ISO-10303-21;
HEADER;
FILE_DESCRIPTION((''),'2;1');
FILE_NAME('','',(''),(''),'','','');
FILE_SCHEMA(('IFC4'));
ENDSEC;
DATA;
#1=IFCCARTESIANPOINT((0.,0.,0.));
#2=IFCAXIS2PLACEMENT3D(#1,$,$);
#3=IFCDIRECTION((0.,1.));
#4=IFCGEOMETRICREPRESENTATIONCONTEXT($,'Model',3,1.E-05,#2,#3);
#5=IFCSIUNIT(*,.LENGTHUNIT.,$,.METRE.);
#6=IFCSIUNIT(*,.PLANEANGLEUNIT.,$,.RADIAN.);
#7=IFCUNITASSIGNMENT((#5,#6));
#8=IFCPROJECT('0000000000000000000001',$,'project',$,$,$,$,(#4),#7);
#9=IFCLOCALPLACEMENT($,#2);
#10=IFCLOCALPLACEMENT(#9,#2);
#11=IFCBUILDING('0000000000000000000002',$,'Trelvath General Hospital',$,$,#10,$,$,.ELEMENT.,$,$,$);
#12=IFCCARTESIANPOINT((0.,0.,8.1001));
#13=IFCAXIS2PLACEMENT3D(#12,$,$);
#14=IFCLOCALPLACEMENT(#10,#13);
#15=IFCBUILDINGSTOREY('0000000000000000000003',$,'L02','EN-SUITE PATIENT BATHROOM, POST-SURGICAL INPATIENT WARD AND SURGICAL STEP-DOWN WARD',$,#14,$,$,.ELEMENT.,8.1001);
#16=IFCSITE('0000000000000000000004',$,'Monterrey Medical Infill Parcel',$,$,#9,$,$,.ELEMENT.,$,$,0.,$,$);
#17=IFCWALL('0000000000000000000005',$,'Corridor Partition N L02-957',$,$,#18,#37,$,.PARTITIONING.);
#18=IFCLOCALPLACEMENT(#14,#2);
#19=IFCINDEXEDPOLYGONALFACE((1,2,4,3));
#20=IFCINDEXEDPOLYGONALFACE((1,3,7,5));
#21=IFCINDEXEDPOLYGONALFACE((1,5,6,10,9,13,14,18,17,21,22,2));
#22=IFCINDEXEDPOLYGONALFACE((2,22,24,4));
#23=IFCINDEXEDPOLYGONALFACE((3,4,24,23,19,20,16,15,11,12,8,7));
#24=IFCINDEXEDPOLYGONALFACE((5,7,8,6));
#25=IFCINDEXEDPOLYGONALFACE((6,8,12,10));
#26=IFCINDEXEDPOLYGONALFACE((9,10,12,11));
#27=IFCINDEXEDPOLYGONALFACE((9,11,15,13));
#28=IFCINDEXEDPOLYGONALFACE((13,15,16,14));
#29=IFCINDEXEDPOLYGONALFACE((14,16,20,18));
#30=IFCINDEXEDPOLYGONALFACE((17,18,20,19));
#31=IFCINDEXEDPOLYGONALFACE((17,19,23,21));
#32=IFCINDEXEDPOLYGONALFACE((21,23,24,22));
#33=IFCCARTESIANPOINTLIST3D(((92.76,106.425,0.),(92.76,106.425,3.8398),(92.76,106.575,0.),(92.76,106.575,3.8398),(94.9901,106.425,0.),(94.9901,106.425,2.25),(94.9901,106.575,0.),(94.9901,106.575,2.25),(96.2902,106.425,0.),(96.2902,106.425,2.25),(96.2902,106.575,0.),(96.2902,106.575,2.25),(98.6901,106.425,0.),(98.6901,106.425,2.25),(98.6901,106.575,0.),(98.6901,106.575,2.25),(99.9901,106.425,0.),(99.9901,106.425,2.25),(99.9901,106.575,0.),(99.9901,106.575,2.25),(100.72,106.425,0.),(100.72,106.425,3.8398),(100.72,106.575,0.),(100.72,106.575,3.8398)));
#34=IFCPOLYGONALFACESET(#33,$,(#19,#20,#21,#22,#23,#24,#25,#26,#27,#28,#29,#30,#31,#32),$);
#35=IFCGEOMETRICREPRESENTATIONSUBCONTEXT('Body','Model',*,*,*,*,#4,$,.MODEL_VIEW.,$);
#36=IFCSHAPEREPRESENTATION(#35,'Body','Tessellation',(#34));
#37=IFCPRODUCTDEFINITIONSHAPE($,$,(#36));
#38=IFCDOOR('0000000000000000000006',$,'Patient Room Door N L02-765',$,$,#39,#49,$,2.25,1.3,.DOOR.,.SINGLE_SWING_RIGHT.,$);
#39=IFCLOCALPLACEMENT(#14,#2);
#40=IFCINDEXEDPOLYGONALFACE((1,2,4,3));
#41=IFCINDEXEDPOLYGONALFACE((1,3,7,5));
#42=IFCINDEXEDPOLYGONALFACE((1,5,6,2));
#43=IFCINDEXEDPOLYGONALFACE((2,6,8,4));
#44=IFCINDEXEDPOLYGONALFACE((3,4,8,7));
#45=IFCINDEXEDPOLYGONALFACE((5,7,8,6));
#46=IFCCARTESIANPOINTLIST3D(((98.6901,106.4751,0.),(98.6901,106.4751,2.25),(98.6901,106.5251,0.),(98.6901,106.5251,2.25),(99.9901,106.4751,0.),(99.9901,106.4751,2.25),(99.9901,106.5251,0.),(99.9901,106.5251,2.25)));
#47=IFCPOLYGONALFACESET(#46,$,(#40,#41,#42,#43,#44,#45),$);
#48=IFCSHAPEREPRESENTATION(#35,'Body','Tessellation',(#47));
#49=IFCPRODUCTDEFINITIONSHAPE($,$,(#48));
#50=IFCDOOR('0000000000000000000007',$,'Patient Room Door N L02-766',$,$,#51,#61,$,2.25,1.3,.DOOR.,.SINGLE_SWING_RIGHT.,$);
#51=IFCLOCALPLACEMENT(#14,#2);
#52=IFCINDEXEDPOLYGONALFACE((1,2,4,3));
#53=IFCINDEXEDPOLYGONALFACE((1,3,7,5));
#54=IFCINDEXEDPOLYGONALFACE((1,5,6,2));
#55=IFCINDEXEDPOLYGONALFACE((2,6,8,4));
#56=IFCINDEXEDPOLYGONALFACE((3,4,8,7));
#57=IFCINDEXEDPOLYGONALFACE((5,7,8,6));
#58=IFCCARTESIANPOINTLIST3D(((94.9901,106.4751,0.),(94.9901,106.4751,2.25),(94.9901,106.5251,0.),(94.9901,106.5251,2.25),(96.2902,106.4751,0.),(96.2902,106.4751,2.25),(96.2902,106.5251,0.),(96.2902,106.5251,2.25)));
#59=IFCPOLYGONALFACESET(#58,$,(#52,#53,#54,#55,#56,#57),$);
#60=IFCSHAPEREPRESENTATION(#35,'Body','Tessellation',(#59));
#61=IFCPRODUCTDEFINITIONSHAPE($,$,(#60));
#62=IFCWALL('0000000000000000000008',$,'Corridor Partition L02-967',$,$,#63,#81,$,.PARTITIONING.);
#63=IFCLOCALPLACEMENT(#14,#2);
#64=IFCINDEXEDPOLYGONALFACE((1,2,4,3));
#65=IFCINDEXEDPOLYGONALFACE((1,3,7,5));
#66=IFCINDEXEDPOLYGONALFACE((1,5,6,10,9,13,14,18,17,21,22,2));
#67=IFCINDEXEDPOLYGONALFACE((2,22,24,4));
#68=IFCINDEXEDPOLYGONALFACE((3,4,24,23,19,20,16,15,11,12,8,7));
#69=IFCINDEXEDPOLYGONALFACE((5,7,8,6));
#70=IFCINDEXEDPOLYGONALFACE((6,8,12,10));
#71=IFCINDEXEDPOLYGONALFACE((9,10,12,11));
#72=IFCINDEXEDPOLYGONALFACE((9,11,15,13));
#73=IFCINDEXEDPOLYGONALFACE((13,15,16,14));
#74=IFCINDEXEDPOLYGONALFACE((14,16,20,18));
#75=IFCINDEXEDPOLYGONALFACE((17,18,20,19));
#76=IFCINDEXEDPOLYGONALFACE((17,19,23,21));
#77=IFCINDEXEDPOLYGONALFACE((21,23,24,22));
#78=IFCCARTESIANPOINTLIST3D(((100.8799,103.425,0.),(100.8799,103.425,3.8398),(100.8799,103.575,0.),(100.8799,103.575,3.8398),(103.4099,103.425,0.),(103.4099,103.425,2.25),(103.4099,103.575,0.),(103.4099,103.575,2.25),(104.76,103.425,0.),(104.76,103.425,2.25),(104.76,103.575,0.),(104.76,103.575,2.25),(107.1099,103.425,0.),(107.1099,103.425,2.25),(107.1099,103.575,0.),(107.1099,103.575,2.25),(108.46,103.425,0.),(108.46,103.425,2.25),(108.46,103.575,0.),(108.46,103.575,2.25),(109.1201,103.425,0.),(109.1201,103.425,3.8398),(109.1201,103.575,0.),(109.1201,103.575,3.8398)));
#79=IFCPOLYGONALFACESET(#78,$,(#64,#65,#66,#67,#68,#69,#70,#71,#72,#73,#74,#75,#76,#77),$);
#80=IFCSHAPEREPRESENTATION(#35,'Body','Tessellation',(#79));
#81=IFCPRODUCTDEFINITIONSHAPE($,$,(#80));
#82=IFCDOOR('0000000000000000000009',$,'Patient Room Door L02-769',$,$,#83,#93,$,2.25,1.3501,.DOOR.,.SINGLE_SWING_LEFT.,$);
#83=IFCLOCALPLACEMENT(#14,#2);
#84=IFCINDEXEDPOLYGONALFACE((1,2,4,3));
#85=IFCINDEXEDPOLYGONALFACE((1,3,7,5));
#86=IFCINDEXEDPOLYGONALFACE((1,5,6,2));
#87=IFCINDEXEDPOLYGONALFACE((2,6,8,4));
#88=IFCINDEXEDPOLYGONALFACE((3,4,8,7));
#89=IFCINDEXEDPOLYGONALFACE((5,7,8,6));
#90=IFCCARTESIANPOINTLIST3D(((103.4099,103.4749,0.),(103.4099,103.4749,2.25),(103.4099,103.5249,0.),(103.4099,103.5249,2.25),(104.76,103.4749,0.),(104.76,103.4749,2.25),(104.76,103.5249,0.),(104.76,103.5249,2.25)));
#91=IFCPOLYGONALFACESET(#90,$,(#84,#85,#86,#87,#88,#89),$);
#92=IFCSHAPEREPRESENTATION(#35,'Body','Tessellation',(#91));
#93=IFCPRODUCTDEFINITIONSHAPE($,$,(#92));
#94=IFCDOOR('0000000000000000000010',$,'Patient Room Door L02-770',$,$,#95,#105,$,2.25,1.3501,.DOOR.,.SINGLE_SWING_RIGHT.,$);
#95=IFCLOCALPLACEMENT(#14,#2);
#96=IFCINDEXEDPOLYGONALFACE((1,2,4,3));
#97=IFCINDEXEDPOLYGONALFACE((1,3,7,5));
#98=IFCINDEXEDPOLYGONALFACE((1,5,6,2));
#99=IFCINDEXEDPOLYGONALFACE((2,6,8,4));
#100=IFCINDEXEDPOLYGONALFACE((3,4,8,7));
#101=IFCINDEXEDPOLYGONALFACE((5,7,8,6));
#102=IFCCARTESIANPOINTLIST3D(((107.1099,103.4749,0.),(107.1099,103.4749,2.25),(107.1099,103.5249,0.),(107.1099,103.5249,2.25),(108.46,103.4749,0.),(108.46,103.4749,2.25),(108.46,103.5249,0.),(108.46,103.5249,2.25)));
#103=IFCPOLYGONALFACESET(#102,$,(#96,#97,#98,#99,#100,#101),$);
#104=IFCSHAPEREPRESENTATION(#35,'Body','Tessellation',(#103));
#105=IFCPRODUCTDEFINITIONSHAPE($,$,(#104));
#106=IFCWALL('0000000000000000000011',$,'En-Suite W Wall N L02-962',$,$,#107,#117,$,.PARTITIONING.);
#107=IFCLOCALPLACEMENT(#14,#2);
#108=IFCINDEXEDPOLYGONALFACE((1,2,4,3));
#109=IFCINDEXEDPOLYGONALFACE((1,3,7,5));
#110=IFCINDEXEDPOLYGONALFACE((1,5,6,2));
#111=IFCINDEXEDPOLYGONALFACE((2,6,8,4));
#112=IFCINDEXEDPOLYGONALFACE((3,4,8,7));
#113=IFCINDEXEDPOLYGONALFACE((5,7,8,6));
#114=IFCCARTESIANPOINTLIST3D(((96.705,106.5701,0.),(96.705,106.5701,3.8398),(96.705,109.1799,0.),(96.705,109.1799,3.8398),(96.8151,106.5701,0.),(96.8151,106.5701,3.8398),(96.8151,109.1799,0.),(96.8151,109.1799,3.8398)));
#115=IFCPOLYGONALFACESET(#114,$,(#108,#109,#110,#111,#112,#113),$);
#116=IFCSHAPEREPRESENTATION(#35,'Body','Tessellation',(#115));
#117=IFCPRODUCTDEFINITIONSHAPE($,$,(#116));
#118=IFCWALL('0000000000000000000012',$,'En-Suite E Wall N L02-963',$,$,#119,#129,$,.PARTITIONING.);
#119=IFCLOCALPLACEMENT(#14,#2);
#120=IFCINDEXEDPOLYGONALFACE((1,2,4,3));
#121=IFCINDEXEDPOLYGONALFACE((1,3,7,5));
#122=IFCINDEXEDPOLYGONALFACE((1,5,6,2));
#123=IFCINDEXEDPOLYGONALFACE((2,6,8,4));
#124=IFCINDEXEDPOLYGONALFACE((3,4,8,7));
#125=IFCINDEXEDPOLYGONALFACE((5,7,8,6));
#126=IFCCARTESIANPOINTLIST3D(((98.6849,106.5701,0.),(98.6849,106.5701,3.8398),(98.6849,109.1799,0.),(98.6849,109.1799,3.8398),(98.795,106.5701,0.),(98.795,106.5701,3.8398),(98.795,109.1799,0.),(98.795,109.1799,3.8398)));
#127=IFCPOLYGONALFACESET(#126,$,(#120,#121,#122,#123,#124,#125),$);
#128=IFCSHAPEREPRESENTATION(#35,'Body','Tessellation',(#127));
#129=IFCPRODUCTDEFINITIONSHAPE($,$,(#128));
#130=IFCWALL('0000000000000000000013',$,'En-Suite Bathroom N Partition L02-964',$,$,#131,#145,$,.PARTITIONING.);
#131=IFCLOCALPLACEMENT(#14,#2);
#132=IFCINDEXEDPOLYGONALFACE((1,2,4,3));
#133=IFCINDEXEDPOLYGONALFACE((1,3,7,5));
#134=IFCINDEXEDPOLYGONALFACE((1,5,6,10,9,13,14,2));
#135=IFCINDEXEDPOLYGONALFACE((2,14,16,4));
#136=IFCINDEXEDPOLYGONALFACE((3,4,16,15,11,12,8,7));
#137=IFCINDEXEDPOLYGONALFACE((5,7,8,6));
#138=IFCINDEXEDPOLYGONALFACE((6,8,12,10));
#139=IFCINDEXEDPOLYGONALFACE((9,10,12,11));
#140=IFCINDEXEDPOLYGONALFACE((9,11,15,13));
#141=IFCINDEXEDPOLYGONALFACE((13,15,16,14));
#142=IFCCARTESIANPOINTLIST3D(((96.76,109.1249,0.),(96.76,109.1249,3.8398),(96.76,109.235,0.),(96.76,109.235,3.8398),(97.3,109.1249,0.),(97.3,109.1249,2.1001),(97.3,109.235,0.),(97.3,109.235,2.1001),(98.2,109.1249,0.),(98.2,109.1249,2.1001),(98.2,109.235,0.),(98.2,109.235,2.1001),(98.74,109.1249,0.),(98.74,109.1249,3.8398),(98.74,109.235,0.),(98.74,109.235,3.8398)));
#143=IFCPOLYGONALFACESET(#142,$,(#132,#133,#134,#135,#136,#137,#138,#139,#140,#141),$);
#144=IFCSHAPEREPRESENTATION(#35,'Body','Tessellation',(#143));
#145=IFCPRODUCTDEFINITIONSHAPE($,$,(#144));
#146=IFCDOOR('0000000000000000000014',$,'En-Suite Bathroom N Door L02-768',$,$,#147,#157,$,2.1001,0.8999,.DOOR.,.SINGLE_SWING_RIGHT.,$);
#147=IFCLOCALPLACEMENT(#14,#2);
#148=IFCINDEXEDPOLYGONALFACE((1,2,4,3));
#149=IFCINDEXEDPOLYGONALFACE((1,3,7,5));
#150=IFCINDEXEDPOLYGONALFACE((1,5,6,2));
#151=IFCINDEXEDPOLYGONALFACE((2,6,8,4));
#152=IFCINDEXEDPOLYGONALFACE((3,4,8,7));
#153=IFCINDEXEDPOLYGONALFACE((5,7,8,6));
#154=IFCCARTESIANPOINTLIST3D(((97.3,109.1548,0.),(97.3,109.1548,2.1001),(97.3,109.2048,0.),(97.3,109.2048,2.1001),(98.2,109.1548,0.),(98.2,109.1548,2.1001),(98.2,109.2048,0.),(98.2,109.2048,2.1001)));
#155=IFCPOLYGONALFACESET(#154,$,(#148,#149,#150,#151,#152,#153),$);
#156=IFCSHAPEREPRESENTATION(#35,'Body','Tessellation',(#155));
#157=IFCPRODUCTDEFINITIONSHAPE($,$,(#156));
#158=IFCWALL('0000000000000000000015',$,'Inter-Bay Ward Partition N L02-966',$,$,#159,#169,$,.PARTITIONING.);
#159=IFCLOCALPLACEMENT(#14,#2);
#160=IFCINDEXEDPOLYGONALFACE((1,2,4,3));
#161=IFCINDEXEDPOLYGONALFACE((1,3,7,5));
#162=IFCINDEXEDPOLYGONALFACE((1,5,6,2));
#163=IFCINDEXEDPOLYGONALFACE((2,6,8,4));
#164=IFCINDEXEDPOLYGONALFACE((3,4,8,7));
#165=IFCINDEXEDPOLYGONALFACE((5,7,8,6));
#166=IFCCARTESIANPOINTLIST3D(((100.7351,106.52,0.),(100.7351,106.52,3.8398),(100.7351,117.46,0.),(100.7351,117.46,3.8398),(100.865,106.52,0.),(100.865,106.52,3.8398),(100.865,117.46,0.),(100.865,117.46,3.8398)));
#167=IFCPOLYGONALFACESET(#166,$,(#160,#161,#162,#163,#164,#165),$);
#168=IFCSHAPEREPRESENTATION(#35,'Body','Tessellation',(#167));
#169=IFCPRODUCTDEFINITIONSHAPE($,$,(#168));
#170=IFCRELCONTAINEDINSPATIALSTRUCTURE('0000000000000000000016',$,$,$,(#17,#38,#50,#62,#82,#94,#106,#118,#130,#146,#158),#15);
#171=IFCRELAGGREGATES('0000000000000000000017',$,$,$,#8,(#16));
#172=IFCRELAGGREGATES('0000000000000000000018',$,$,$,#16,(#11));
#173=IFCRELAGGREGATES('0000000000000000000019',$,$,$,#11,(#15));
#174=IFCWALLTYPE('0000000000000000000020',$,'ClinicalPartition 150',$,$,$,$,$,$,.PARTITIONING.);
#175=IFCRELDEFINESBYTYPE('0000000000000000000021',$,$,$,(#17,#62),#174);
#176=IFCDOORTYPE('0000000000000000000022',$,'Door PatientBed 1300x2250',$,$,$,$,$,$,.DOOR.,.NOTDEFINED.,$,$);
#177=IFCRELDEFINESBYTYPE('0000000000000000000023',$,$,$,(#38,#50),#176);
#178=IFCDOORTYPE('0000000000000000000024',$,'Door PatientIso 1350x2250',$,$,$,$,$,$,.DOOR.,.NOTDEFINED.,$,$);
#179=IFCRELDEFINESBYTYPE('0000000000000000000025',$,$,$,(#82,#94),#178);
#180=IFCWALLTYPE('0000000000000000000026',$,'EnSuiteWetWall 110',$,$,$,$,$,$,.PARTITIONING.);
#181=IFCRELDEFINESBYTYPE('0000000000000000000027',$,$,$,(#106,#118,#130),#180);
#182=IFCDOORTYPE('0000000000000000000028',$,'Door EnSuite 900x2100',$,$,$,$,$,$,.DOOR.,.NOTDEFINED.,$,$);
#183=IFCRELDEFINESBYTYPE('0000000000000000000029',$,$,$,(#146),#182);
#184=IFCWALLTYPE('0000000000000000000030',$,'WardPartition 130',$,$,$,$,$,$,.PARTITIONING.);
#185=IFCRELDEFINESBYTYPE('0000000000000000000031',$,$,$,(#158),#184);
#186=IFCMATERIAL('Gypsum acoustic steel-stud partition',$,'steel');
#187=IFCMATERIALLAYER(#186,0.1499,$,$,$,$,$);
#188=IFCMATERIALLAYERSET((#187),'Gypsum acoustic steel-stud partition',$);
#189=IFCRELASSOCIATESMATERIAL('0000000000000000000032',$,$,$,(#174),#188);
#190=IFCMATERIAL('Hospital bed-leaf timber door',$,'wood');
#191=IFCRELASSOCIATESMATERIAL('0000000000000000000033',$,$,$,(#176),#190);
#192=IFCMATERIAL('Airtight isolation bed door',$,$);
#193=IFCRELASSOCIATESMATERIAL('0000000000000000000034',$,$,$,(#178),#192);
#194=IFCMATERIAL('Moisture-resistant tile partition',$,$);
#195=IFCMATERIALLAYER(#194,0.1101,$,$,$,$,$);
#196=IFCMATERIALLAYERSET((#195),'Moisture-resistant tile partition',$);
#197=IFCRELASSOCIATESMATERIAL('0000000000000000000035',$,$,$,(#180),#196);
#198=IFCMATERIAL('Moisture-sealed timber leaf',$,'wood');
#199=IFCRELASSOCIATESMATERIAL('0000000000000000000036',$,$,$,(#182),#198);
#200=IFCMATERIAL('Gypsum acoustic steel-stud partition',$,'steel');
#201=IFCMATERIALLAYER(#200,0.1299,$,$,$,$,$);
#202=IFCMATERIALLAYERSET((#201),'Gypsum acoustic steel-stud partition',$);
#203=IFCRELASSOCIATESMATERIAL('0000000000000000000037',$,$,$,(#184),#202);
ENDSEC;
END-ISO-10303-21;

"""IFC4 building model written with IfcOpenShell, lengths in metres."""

from ifc_helpers import new_model, si_unit, direction, frame, frame_2d, origin, place, context, subcontext, project, spatial, rectangle, extrude, material, layer, layer_set, type_object, element, fill, save


model = new_model("IFC4")

# Units and contexts
model_context = context("Model", 3, precision=1e-05, world=origin(), true_north=direction((0.0, 1.0)))
body_context = subcontext(model_context, "Body", "Model", "MODEL_VIEW")
ifc_project = project(units=[si_unit("LENGTHUNIT", "METRE"), si_unit("PLANEANGLEUNIT", "RADIAN")], contexts=[model_context])

# Site, building, storey
site_placement = place(None, origin())
site = spatial("IfcSite", under=ifc_project, at=site_placement, Name="Monterrey Medical Infill Parcel", CompositionType="ELEMENT", RefElevation=0.0)
building_placement = place(site_placement, origin())
building = spatial("IfcBuilding", under=site, at=building_placement, Name="Trelvath General Hospital", CompositionType="ELEMENT")
storey_placement = place(building_placement, frame((0.0, 0.0, 8.1001)))
storey = spatial("IfcBuildingStorey", under=building, at=storey_placement, Name="L02", Description="EN-SUITE PATIENT BATHROOM, POST-SURGICAL INPATIENT WARD AND SURGICAL STEP-DOWN WARD", CompositionType="ELEMENT", Elevation=8.1001)

# Walls, openings, doors
ifc_material_1 = material(Name="Gypsum acoustic steel-stud partition", Category="steel")
ifc_layer_1 = layer(ifc_material_1, 0.1499)
ifc_layer_set_1 = layer_set([ifc_layer_1], Name="Gypsum acoustic steel-stud partition")
wall_type_1 = type_object("IfcWallType", Name="ClinicalPartition 150", PredefinedType="PARTITIONING", material=ifc_layer_set_1)
wall_1_placement = place(storey_placement, frame((100.72, 106.5, 0.0), z_axis=(0.0, 0.0, 1.0), x_axis=(-1.0, 0.0, 0.0)))
wall_1 = element("IfcWall", 1, at=wall_1_placement, inside=storey, type_object=wall_type_1, Name="Corridor Partition N L02-957", PredefinedType="PARTITIONING", context=body_context, shape_type="SweptSolid", body=[
    extrude(rectangle(XDim=7.96, YDim=0.1499, at=frame_2d((3.98, 0.0))), origin(), (0.0, 0.0, 1.0), 3.8398),
])
opening_1_placement = place(wall_1_placement, frame((0.73, 0.0, 0.0)))
opening_1 = element("IfcOpeningElement", 2, at=opening_1_placement, cuts=wall_1, PredefinedType="OPENING", context=body_context, shape_type="SweptSolid", body=[
    extrude(rectangle(XDim=1.3, YDim=2.25, at=frame_2d((0.6499, 1.125))), frame((0.0, 0.085, 0.0), z_axis=(0.0, -1.0, 0.0), x_axis=(1.0, 0.0, 0.0)), (0.0, 0.0, 1.0), 0.1699),
])
opening_2_placement = place(wall_1_placement, frame((4.4299, 0.0, 0.0)))
opening_2 = element("IfcOpeningElement", 3, at=opening_2_placement, cuts=wall_1, PredefinedType="OPENING", context=body_context, shape_type="SweptSolid", body=[
    extrude(rectangle(XDim=1.3, YDim=2.25, at=frame_2d((0.6499, 1.125))), frame((0.0, 0.085, 0.0), z_axis=(0.0, -1.0, 0.0), x_axis=(1.0, 0.0, 0.0)), (0.0, 0.0, 1.0), 0.1699),
])
ifc_material_2 = material(Name="Hospital bed-leaf timber door", Category="wood")
door_type_1 = type_object("IfcDoorType", Name="Door PatientBed 1300x2250", OperationType="NOTDEFINED", PredefinedType="DOOR", material=ifc_material_2)
door_1_placement = place(opening_1_placement, origin())
door_1 = element("IfcDoor", 4, at=door_1_placement, inside=storey, type_object=door_type_1, Name="Patient Room Door N L02-765", OperationType="SINGLE_SWING_RIGHT", OverallHeight=2.25, OverallWidth=1.3, PredefinedType="DOOR", context=body_context, shape_type="SweptSolid", body=[
    extrude(rectangle(XDim=1.3, YDim=2.25, at=frame_2d((0.6499, 1.125))), frame((0.0, 0.0249, 0.0), z_axis=(0.0, -1.0, 0.0), x_axis=(1.0, 0.0, 0.0)), (0.0, 0.0, 1.0), 0.05),
])
fill(opening_1, door_1)
door_2_placement = place(opening_2_placement, origin())
door_2 = element("IfcDoor", 5, at=door_2_placement, inside=storey, type_object=door_type_1, Name="Patient Room Door N L02-766", OperationType="SINGLE_SWING_RIGHT", OverallHeight=2.25, OverallWidth=1.3, PredefinedType="DOOR", context=body_context, shape_type="SweptSolid", body=[
    extrude(rectangle(XDim=1.3, YDim=2.25, at=frame_2d((0.6499, 1.125))), frame((0.0, 0.0249, 0.0), z_axis=(0.0, -1.0, 0.0), x_axis=(1.0, 0.0, 0.0)), (0.0, 0.0, 1.0), 0.05),
])
fill(opening_2, door_2)
wall_2_placement = place(storey_placement, frame((100.8799, 103.5, 0.0), z_axis=(0.0, 0.0, 1.0), x_axis=(1.0, 0.0, 0.0)))
wall_2 = element("IfcWall", 6, at=wall_2_placement, inside=storey, type_object=wall_type_1, Name="Corridor Partition L02-967", PredefinedType="PARTITIONING", context=body_context, shape_type="SweptSolid", body=[
    extrude(rectangle(XDim=8.2402, YDim=0.1499, at=frame_2d((4.1201, 0.0))), origin(), (0.0, 0.0, 1.0), 3.8398),
])
opening_3_placement = place(wall_2_placement, frame((2.53, 0.0, 0.0)))
opening_3 = element("IfcOpeningElement", 7, at=opening_3_placement, cuts=wall_2, PredefinedType="OPENING", context=body_context, shape_type="SweptSolid", body=[
    extrude(rectangle(XDim=1.3501, YDim=2.25, at=frame_2d((0.675, 1.125))), frame((0.0, 0.085, 0.0), z_axis=(0.0, -1.0, 0.0), x_axis=(1.0, 0.0, 0.0)), (0.0, 0.0, 1.0), 0.1699),
])
opening_4_placement = place(wall_2_placement, frame((6.23, 0.0, 0.0)))
opening_4 = element("IfcOpeningElement", 8, at=opening_4_placement, cuts=wall_2, PredefinedType="OPENING", context=body_context, shape_type="SweptSolid", body=[
    extrude(rectangle(XDim=1.3501, YDim=2.25, at=frame_2d((0.675, 1.125))), frame((0.0, 0.085, 0.0), z_axis=(0.0, -1.0, 0.0), x_axis=(1.0, 0.0, 0.0)), (0.0, 0.0, 1.0), 0.1699),
])
ifc_material_3 = material(Name="Airtight isolation bed door")
door_type_2 = type_object("IfcDoorType", Name="Door PatientIso 1350x2250", OperationType="NOTDEFINED", PredefinedType="DOOR", material=ifc_material_3)
door_3_placement = place(opening_3_placement, origin())
door_3 = element("IfcDoor", 9, at=door_3_placement, inside=storey, type_object=door_type_2, Name="Patient Room Door L02-769", OperationType="SINGLE_SWING_LEFT", OverallHeight=2.25, OverallWidth=1.3501, PredefinedType="DOOR", context=body_context, shape_type="SweptSolid", body=[
    extrude(rectangle(XDim=1.3501, YDim=2.25, at=frame_2d((0.675, 1.125))), frame((0.0, 0.0249, 0.0), z_axis=(0.0, -1.0, 0.0), x_axis=(1.0, 0.0, 0.0)), (0.0, 0.0, 1.0), 0.05),
])
fill(opening_3, door_3)
door_4_placement = place(opening_4_placement, origin())
door_4 = element("IfcDoor", 10, at=door_4_placement, inside=storey, type_object=door_type_2, Name="Patient Room Door L02-770", OperationType="SINGLE_SWING_RIGHT", OverallHeight=2.25, OverallWidth=1.3501, PredefinedType="DOOR", context=body_context, shape_type="SweptSolid", body=[
    extrude(rectangle(XDim=1.3501, YDim=2.25, at=frame_2d((0.675, 1.125))), frame((0.0, 0.0249, 0.0), z_axis=(0.0, -1.0, 0.0), x_axis=(1.0, 0.0, 0.0)), (0.0, 0.0, 1.0), 0.05),
])
fill(opening_4, door_4)

# Walls
ifc_material_4 = material(Name="Moisture-resistant tile partition")
ifc_layer_2 = layer(ifc_material_4, 0.1101)
ifc_layer_set_2 = layer_set([ifc_layer_2], Name="Moisture-resistant tile partition")
wall_type_2 = type_object("IfcWallType", Name="EnSuiteWetWall 110", PredefinedType="PARTITIONING", material=ifc_layer_set_2)
for number, where, z_axis, x_axis, name in (
    (11, (96.76, 106.5701, 0.0), (0.0, 0.0, 1.0), (0.0, 1.0, 0.0), "En-Suite W Wall N L02-962"),
    (12, (98.74, 106.5701, 0.0), (0.0, 0.0, 1.0), (0.0, 1.0, 0.0), "En-Suite E Wall N L02-963"),
):
    element("IfcWall", number, at=place(storey_placement, frame(where, z_axis=z_axis, x_axis=x_axis)), inside=storey, type_object=wall_type_2, Name=name, PredefinedType="PARTITIONING", context=body_context, shape_type="SweptSolid", body=[
        extrude(rectangle(XDim=2.6099, YDim=0.1101, at=frame_2d((1.3049, 0.0))), origin(), (0.0, 0.0, 1.0), 3.8398),
    ])

# Wall, opening, door
wall_3_placement = place(storey_placement, frame((96.76, 109.1799, 0.0), z_axis=(0.0, 0.0, 1.0), x_axis=(1.0, 0.0, 0.0)))
wall_3 = element("IfcWall", 13, at=wall_3_placement, inside=storey, type_object=wall_type_2, Name="En-Suite Bathroom N Partition L02-964", PredefinedType="PARTITIONING", context=body_context, shape_type="SweptSolid", body=[
    extrude(rectangle(XDim=1.98, YDim=0.1101, at=frame_2d((0.99, 0.0))), origin(), (0.0, 0.0, 1.0), 3.8398),
])
opening_5_placement = place(wall_3_placement, frame((0.54, 0.0, 0.0)))
opening_5 = element("IfcOpeningElement", 14, at=opening_5_placement, cuts=wall_3, PredefinedType="OPENING", context=body_context, shape_type="SweptSolid", body=[
    extrude(rectangle(XDim=0.8999, YDim=2.1001, at=frame_2d((0.45, 1.05))), frame((0.0, 0.0649, 0.0), z_axis=(0.0, -1.0, 0.0), x_axis=(1.0, 0.0, 0.0)), (0.0, 0.0, 1.0), 0.1301),
])
ifc_material_5 = material(Name="Moisture-sealed timber leaf", Category="wood")
door_type_3 = type_object("IfcDoorType", Name="Door EnSuite 900x2100", OperationType="NOTDEFINED", PredefinedType="DOOR", material=ifc_material_5)
door_5_placement = place(opening_5_placement, origin())
door_5 = element("IfcDoor", 15, at=door_5_placement, inside=storey, type_object=door_type_3, Name="En-Suite Bathroom N Door L02-768", OperationType="SINGLE_SWING_RIGHT", OverallHeight=2.1001, OverallWidth=0.8999, PredefinedType="DOOR", context=body_context, shape_type="SweptSolid", body=[
    extrude(rectangle(XDim=0.8999, YDim=2.1001, at=frame_2d((0.45, 1.05))), frame((0.0, 0.0249, 0.0), z_axis=(0.0, -1.0, 0.0), x_axis=(1.0, 0.0, 0.0)), (0.0, 0.0, 1.0), 0.05),
])
fill(opening_5, door_5)

# Wall
ifc_material_6 = material(Name="Gypsum acoustic steel-stud partition", Category="steel")
ifc_layer_3 = layer(ifc_material_6, 0.1299)
ifc_layer_set_3 = layer_set([ifc_layer_3], Name="Gypsum acoustic steel-stud partition")
wall_type_3 = type_object("IfcWallType", Name="WardPartition 130", PredefinedType="PARTITIONING", material=ifc_layer_set_3)
wall_4_placement = place(storey_placement, frame((100.8, 106.52, 0.0), z_axis=(0.0, 0.0, 1.0), x_axis=(0.0, 1.0, 0.0)))
element("IfcWall", 16, at=wall_4_placement, inside=storey, type_object=wall_type_3, Name="Inter-Bay Ward Partition N L02-966", PredefinedType="PARTITIONING", context=body_context, shape_type="SweptSolid", body=[
    extrude(rectangle(XDim=10.9399, YDim=0.1299, at=frame_2d((5.47, 0.0))), origin(), (0.0, 0.0, 1.0), 3.8398),
])

save(model, "model.ifc")
